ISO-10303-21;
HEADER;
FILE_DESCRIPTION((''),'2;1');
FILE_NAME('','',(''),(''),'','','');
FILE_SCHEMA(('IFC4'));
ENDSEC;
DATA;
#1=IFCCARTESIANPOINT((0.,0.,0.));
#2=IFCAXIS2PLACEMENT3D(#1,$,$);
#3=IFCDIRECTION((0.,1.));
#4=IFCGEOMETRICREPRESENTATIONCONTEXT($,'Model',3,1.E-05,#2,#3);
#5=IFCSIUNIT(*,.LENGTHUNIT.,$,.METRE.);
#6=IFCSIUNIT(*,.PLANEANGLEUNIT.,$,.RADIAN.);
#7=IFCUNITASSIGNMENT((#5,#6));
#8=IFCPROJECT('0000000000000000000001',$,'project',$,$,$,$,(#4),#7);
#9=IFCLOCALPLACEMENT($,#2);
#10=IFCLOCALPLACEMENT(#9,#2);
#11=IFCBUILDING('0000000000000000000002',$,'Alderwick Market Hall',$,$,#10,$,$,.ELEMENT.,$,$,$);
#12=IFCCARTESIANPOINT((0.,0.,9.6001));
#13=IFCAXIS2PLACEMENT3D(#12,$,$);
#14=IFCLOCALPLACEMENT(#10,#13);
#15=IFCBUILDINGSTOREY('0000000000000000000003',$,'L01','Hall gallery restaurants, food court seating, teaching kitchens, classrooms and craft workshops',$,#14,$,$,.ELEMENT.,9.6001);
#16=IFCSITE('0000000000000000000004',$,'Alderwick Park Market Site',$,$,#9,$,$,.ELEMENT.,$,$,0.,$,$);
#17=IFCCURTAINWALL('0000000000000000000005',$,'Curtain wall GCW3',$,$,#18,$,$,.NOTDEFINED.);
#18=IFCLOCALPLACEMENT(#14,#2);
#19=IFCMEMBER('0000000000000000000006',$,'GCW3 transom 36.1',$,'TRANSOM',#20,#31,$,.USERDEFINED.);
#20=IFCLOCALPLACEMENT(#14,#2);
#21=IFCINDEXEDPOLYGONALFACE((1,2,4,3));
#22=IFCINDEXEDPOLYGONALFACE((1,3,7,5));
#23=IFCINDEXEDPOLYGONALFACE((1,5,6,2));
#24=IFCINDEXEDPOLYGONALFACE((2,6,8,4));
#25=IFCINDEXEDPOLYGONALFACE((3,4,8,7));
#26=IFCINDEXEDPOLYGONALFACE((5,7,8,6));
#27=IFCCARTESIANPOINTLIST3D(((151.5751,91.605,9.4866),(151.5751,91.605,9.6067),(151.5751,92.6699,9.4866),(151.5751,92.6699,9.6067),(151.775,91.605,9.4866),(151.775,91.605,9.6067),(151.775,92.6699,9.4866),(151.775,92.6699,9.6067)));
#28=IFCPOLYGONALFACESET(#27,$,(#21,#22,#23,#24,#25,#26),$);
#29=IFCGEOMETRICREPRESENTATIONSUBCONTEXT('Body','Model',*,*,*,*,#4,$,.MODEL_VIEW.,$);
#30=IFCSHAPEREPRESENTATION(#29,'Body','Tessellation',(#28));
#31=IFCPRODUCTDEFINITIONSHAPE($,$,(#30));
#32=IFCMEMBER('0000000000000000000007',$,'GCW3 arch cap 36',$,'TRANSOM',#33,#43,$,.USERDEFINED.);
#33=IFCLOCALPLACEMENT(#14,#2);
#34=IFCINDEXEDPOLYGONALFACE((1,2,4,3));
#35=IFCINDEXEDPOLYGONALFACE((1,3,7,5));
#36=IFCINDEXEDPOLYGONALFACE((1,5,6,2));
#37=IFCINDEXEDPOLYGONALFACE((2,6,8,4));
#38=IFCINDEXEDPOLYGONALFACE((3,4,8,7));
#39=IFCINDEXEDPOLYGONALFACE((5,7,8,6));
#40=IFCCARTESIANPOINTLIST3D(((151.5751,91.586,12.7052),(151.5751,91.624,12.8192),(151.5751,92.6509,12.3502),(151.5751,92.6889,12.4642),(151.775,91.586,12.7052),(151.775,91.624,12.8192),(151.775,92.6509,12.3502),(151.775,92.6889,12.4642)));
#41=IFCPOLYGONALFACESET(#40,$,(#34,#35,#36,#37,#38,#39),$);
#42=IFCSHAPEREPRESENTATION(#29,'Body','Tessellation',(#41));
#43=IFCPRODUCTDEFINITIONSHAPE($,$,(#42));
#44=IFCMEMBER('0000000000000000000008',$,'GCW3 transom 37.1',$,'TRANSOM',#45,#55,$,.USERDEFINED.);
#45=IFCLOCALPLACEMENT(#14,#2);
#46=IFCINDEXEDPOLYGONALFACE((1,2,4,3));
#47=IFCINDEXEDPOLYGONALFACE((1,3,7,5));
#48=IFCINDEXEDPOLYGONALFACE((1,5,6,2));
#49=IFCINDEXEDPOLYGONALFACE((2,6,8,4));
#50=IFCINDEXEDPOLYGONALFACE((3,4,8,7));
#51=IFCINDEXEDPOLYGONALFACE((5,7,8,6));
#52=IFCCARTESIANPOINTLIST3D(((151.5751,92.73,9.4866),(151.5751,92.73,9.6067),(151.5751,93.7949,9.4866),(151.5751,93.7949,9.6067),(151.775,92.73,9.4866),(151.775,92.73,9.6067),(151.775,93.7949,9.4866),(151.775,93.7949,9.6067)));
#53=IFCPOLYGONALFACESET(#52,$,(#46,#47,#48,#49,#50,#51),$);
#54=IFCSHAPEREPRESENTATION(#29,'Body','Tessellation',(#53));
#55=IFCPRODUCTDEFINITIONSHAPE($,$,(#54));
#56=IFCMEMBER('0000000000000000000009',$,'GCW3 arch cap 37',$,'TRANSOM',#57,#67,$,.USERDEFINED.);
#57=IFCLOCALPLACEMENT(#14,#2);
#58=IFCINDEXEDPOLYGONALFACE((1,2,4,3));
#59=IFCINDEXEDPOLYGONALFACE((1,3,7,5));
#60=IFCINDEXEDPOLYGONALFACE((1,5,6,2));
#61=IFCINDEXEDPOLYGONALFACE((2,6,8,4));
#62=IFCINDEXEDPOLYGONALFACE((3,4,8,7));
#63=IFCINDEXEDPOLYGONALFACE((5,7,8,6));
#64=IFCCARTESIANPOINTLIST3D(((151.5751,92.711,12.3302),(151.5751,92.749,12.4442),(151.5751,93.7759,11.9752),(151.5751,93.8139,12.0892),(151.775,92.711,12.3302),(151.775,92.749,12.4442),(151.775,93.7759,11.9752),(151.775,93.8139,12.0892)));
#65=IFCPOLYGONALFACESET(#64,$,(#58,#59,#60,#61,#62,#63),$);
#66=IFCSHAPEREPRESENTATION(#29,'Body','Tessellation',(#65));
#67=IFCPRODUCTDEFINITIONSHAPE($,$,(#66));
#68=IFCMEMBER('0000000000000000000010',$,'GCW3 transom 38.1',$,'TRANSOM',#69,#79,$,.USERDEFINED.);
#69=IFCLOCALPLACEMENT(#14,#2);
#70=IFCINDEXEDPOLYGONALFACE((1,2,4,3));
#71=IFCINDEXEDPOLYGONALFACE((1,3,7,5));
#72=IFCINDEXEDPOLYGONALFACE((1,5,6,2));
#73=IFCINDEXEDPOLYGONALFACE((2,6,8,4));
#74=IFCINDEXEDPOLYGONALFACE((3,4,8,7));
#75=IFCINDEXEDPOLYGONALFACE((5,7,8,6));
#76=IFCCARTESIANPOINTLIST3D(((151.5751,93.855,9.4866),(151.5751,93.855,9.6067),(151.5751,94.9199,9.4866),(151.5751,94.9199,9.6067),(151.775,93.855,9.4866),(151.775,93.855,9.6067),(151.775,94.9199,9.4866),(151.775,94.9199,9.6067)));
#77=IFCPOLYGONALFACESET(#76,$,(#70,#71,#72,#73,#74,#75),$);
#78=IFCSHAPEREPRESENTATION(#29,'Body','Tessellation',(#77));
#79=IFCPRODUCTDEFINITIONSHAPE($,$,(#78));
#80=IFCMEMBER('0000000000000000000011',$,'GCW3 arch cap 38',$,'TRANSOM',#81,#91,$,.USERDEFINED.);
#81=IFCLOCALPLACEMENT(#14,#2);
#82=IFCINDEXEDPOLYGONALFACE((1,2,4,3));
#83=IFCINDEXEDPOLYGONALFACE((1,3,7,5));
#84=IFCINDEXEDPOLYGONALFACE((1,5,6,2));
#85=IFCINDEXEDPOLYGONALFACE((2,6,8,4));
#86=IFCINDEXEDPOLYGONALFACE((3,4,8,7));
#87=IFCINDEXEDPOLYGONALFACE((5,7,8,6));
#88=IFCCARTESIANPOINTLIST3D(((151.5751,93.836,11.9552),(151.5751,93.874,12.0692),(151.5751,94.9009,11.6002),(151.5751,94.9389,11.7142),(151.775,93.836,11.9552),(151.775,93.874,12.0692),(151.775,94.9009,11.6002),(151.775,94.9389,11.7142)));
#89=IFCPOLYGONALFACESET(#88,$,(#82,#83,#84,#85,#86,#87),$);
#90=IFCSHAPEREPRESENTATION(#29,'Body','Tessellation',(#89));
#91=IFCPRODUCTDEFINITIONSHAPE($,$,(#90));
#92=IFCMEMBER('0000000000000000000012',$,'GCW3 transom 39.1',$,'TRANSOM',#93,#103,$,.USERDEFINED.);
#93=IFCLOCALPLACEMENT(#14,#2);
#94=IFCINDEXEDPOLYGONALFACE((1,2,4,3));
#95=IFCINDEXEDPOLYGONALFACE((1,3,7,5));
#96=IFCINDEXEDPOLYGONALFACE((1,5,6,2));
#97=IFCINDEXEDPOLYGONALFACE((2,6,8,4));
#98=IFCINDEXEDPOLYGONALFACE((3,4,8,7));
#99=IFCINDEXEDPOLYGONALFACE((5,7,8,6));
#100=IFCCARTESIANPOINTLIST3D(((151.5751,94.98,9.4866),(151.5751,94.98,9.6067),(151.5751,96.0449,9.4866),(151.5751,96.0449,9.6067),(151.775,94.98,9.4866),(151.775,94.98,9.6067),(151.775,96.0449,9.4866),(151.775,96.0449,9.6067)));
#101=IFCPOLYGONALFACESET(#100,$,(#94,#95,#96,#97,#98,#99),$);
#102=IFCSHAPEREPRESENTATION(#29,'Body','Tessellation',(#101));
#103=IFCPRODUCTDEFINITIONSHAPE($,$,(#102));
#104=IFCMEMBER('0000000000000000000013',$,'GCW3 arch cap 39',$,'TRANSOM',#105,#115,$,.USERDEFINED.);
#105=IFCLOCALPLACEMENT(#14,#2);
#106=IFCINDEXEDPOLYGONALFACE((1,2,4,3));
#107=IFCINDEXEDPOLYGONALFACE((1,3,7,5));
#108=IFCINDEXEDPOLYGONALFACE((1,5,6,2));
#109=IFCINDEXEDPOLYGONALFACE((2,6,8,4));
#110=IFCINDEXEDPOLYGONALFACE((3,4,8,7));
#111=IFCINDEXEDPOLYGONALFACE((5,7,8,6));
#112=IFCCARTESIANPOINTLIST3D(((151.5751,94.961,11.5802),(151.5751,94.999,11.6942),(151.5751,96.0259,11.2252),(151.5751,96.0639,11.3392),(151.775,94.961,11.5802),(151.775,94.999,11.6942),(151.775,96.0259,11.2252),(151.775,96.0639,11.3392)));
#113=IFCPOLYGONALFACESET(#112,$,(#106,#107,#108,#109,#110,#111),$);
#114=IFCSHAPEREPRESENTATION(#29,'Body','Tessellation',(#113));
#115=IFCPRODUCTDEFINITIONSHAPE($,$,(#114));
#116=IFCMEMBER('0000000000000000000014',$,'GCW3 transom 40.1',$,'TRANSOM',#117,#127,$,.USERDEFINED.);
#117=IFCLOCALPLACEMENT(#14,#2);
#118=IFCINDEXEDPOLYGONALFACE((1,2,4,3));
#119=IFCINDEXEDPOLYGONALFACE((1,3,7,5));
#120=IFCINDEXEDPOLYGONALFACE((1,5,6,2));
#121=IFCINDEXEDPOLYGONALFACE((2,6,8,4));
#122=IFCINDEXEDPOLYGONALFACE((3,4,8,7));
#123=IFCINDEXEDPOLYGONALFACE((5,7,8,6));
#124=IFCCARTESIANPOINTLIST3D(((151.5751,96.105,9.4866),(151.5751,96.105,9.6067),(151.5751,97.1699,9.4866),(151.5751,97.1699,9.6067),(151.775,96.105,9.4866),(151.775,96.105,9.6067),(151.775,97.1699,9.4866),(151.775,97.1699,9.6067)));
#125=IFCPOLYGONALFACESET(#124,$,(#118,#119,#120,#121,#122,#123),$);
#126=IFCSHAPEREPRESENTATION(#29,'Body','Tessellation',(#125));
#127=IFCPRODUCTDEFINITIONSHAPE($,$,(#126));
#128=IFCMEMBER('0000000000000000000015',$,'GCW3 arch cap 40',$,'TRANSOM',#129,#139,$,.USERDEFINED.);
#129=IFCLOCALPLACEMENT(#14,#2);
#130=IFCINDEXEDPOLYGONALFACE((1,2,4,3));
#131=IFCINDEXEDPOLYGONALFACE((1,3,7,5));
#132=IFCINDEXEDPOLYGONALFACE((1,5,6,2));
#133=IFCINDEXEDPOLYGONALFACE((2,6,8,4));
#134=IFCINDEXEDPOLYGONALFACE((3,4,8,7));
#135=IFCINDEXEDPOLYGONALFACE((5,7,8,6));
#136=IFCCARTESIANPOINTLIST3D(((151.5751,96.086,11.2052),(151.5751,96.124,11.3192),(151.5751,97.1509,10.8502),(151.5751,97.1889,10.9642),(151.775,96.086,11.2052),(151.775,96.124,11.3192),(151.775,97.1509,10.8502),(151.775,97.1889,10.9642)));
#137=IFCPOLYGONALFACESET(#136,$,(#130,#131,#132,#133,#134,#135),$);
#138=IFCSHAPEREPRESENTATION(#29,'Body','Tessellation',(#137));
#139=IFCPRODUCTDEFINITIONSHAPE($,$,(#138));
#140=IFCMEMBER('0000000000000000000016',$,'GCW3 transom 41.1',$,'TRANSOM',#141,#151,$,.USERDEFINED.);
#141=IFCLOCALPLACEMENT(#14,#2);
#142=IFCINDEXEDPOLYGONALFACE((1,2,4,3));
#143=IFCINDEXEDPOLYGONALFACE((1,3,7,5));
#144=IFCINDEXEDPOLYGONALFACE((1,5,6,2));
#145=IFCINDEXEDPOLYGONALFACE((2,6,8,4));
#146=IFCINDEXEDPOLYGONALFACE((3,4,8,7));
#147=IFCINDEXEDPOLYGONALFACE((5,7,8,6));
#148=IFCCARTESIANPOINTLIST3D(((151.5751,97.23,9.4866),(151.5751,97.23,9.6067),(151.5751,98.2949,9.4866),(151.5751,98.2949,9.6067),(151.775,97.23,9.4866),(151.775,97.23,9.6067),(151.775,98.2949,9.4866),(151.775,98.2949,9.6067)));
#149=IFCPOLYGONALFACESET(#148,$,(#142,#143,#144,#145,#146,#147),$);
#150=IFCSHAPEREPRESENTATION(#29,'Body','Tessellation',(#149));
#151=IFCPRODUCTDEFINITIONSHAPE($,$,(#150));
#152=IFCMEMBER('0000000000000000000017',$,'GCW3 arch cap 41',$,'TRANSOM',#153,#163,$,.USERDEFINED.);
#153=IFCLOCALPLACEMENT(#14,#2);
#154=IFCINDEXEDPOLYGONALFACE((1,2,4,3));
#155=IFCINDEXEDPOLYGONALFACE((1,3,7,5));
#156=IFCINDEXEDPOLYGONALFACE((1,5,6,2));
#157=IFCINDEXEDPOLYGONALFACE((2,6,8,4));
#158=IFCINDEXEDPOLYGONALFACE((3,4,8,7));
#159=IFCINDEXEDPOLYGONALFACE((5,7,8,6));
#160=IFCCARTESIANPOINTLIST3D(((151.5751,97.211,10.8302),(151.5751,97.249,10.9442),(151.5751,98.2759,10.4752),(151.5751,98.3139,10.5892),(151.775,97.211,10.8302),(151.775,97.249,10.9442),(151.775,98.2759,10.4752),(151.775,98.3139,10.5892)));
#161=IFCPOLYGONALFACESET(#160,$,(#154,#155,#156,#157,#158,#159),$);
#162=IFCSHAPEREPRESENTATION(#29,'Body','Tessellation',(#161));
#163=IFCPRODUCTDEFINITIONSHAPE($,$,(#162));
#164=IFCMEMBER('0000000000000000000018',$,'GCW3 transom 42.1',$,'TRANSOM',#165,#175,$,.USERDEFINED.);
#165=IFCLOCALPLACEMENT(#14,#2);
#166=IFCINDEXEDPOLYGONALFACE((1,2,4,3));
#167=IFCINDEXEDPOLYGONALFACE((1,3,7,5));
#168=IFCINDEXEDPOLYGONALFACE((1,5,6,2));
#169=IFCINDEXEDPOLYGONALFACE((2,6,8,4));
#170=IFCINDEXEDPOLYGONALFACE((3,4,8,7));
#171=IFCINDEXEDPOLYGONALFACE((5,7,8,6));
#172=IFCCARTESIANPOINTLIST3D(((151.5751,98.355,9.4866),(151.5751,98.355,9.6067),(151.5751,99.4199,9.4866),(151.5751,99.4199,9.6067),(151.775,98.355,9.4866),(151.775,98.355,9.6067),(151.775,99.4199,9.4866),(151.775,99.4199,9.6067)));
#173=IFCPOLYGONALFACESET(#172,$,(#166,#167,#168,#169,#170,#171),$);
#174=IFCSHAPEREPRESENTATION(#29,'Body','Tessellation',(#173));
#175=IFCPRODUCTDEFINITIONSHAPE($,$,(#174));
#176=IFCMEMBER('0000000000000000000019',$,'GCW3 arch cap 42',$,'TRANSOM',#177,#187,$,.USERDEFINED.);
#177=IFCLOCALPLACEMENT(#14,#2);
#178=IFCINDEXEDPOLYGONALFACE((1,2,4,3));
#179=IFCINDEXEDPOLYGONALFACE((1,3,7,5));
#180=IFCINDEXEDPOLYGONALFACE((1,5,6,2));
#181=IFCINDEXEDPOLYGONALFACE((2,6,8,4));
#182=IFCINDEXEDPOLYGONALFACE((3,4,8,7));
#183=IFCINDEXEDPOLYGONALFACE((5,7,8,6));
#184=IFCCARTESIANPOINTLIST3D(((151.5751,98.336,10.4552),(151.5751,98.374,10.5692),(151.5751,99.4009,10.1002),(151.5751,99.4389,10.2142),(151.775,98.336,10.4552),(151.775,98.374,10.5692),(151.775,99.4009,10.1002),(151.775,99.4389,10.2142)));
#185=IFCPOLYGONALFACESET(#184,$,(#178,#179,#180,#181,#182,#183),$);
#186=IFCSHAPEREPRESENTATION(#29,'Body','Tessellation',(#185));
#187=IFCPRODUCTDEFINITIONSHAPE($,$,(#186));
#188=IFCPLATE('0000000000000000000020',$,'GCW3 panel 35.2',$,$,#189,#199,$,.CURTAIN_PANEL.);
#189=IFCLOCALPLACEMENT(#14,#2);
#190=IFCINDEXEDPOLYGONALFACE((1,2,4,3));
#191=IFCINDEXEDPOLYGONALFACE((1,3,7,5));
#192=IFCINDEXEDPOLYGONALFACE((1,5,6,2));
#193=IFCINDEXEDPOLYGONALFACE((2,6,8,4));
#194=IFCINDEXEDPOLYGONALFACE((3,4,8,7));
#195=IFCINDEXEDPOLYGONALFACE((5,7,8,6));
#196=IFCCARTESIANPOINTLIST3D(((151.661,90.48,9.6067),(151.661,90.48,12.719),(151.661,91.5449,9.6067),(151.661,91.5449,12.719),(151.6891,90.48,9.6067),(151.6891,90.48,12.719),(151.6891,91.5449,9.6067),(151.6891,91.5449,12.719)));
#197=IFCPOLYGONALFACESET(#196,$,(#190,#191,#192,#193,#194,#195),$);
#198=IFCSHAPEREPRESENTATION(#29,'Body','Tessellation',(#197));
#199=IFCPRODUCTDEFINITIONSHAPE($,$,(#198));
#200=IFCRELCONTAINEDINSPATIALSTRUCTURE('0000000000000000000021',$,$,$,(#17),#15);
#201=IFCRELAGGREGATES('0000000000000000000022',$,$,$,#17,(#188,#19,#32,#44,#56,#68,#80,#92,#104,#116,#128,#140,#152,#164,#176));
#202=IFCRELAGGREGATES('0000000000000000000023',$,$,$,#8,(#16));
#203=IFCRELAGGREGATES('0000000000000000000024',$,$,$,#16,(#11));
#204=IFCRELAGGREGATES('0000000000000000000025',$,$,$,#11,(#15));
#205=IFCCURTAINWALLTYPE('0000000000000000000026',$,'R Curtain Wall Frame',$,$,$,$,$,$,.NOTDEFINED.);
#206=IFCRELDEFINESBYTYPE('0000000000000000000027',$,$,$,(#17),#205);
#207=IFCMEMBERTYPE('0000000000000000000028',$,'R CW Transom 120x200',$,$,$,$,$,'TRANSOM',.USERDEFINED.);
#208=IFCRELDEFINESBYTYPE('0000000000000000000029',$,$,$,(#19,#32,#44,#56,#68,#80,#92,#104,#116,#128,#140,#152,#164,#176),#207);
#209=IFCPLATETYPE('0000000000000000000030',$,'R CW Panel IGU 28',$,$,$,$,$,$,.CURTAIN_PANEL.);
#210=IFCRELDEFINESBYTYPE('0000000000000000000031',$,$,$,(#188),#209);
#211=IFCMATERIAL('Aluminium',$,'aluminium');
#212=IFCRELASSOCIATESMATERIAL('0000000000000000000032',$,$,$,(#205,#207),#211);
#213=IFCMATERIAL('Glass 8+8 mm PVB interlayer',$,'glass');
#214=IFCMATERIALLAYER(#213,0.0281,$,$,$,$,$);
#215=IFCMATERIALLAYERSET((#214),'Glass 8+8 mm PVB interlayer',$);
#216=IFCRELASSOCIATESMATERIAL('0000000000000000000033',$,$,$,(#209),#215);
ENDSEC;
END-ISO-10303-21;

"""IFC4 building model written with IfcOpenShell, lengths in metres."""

from ifc_helpers import new_model, si_unit, direction, frame, origin, origin_2d, place, context, subcontext, project, spatial, rectangle, extrude, material, layer, layer_set, material_profile, profile_set, type_object, element, aggregate, save


model = new_model("IFC4")

# Units and contexts
model_context = context("Model", 3, precision=1e-05, world=origin(), true_north=direction((0.0, 1.0)))
body_context = subcontext(model_context, "Body", "Model", "MODEL_VIEW")
ifc_project = project(units=[si_unit("LENGTHUNIT", "METRE"), si_unit("PLANEANGLEUNIT", "RADIAN")], contexts=[model_context])

# Site, building, storey
site_placement = place(None, origin())
site = spatial("IfcSite", under=ifc_project, at=site_placement, Name="Alderwick Park Market Site", CompositionType="ELEMENT", RefElevation=0.0)
building_placement = place(site_placement, origin())
building = spatial("IfcBuilding", under=site, at=building_placement, Name="Alderwick Market Hall", CompositionType="ELEMENT")
storey_placement = place(building_placement, frame((0.0, 0.0, 9.6001)))
storey = spatial("IfcBuildingStorey", under=building, at=storey_placement, Name="L01", Description="Hall gallery restaurants, food court seating, teaching kitchens, classrooms and craft workshops", CompositionType="ELEMENT", Elevation=9.6001)

# Curtain wall, members, plate
ifc_material_1 = material(Name="Aluminium", Category="aluminium")
curtain_wall_type = type_object("IfcCurtainWallType", Name="R Curtain Wall Frame", PredefinedType="NOTDEFINED", material=ifc_material_1)
curtain_wall_placement = place(storey_placement, origin())
curtain_wall = element("IfcCurtainWall", 1, at=curtain_wall_placement, inside=storey, type_object=curtain_wall_type, Name="Curtain wall GCW3", PredefinedType="NOTDEFINED")
ifc_material_profile = material_profile(ifc_material_1, rectangle(XDim=0.2, YDim=0.1201, at=origin_2d()), Name="AL 120x200")
ifc_profile_set = profile_set([ifc_material_profile], Name="Aluminium")
member_type = type_object("IfcMemberType", Name="R CW Transom 120x200", ElementType="TRANSOM", PredefinedType="USERDEFINED", material=ifc_profile_set)
member_1_placement = place(storey_placement, frame((151.675, 91.605, 9.5466), z_axis=(0.0, 1.0, 0.0), x_axis=(-1.0, 0.0, 0.0)))
member_1 = element("IfcMember", 2, at=member_1_placement, type_object=member_type, Name="GCW3 transom 36.1", ObjectType="TRANSOM", PredefinedType="USERDEFINED", context=body_context, shape_type="SweptSolid", body=[
    extrude(rectangle(XDim=0.2, YDim=0.1201, at=origin_2d()), origin(), (0.0, 0.0, 1.0), 1.0649),
])
member_2_placement = place(storey_placement, frame((151.675, 91.605, 12.7622), z_axis=(0.0, 0.948683, -0.316228), x_axis=(-1.0, 0.0, 0.0)))
member_2 = element("IfcMember", 3, at=member_2_placement, type_object=member_type, Name="GCW3 arch cap 36", ObjectType="TRANSOM", PredefinedType="USERDEFINED", context=body_context, shape_type="SweptSolid", body=[
    extrude(rectangle(XDim=0.2, YDim=0.1201, at=origin_2d()), origin(), (0.0, 0.0, 1.0), 1.1226),
])
member_3_placement = place(storey_placement, frame((151.675, 92.73, 9.5466), z_axis=(0.0, 1.0, 0.0), x_axis=(-1.0, 0.0, 0.0)))
member_3 = element("IfcMember", 4, at=member_3_placement, type_object=member_type, Name="GCW3 transom 37.1", ObjectType="TRANSOM", PredefinedType="USERDEFINED", context=body_context, shape_type="SweptSolid", body=[
    extrude(rectangle(XDim=0.2, YDim=0.1201, at=origin_2d()), origin(), (0.0, 0.0, 1.0), 1.0649),
])
member_4_placement = place(storey_placement, frame((151.675, 92.73, 12.3872), z_axis=(0.0, 0.948683, -0.316228), x_axis=(-1.0, 0.0, 0.0)))
member_4 = element("IfcMember", 5, at=member_4_placement, type_object=member_type, Name="GCW3 arch cap 37", ObjectType="TRANSOM", PredefinedType="USERDEFINED", context=body_context, shape_type="SweptSolid", body=[
    extrude(rectangle(XDim=0.2, YDim=0.1201, at=origin_2d()), origin(), (0.0, 0.0, 1.0), 1.1226),
])
member_5_placement = place(storey_placement, frame((151.675, 93.855, 9.5466), z_axis=(0.0, 1.0, 0.0), x_axis=(-1.0, 0.0, 0.0)))
member_5 = element("IfcMember", 6, at=member_5_placement, type_object=member_type, Name="GCW3 transom 38.1", ObjectType="TRANSOM", PredefinedType="USERDEFINED", context=body_context, shape_type="SweptSolid", body=[
    extrude(rectangle(XDim=0.2, YDim=0.1201, at=origin_2d()), origin(), (0.0, 0.0, 1.0), 1.0649),
])
member_6_placement = place(storey_placement, frame((151.675, 93.855, 12.0122), z_axis=(0.0, 0.948683, -0.316228), x_axis=(-1.0, 0.0, 0.0)))
member_6 = element("IfcMember", 7, at=member_6_placement, type_object=member_type, Name="GCW3 arch cap 38", ObjectType="TRANSOM", PredefinedType="USERDEFINED", context=body_context, shape_type="SweptSolid", body=[
    extrude(rectangle(XDim=0.2, YDim=0.1201, at=origin_2d()), origin(), (0.0, 0.0, 1.0), 1.1226),
])
member_7_placement = place(storey_placement, frame((151.675, 94.98, 9.5466), z_axis=(0.0, 1.0, 0.0), x_axis=(-1.0, 0.0, 0.0)))
member_7 = element("IfcMember", 8, at=member_7_placement, type_object=member_type, Name="GCW3 transom 39.1", ObjectType="TRANSOM", PredefinedType="USERDEFINED", context=body_context, shape_type="SweptSolid", body=[
    extrude(rectangle(XDim=0.2, YDim=0.1201, at=origin_2d()), origin(), (0.0, 0.0, 1.0), 1.0649),
])
member_8_placement = place(storey_placement, frame((151.675, 94.98, 11.6372), z_axis=(0.0, 0.948683, -0.316228), x_axis=(-1.0, 0.0, 0.0)))
member_8 = element("IfcMember", 9, at=member_8_placement, type_object=member_type, Name="GCW3 arch cap 39", ObjectType="TRANSOM", PredefinedType="USERDEFINED", context=body_context, shape_type="SweptSolid", body=[
    extrude(rectangle(XDim=0.2, YDim=0.1201, at=origin_2d()), origin(), (0.0, 0.0, 1.0), 1.1226),
])
member_9_placement = place(storey_placement, frame((151.675, 96.105, 9.5466), z_axis=(0.0, 1.0, 0.0), x_axis=(-1.0, 0.0, 0.0)))
member_9 = element("IfcMember", 10, at=member_9_placement, type_object=member_type, Name="GCW3 transom 40.1", ObjectType="TRANSOM", PredefinedType="USERDEFINED", context=body_context, shape_type="SweptSolid", body=[
    extrude(rectangle(XDim=0.2, YDim=0.1201, at=origin_2d()), origin(), (0.0, 0.0, 1.0), 1.0649),
])
member_10_placement = place(storey_placement, frame((151.675, 96.105, 11.2622), z_axis=(0.0, 0.948683, -0.316228), x_axis=(-1.0, 0.0, 0.0)))
member_10 = element("IfcMember", 11, at=member_10_placement, type_object=member_type, Name="GCW3 arch cap 40", ObjectType="TRANSOM", PredefinedType="USERDEFINED", context=body_context, shape_type="SweptSolid", body=[
    extrude(rectangle(XDim=0.2, YDim=0.1201, at=origin_2d()), origin(), (0.0, 0.0, 1.0), 1.1226),
])
member_11_placement = place(storey_placement, frame((151.675, 97.23, 9.5466), z_axis=(0.0, 1.0, 0.0), x_axis=(-1.0, 0.0, 0.0)))
member_11 = element("IfcMember", 12, at=member_11_placement, type_object=member_type, Name="GCW3 transom 41.1", ObjectType="TRANSOM", PredefinedType="USERDEFINED", context=body_context, shape_type="SweptSolid", body=[
    extrude(rectangle(XDim=0.2, YDim=0.1201, at=origin_2d()), origin(), (0.0, 0.0, 1.0), 1.0649),
])
member_12_placement = place(storey_placement, frame((151.675, 97.23, 10.8872), z_axis=(0.0, 0.948683, -0.316228), x_axis=(-1.0, 0.0, 0.0)))
member_12 = element("IfcMember", 13, at=member_12_placement, type_object=member_type, Name="GCW3 arch cap 41", ObjectType="TRANSOM", PredefinedType="USERDEFINED", context=body_context, shape_type="SweptSolid", body=[
    extrude(rectangle(XDim=0.2, YDim=0.1201, at=origin_2d()), origin(), (0.0, 0.0, 1.0), 1.1226),
])
member_13_placement = place(storey_placement, frame((151.675, 98.355, 9.5466), z_axis=(0.0, 1.0, 0.0), x_axis=(-1.0, 0.0, 0.0)))
member_13 = element("IfcMember", 14, at=member_13_placement, type_object=member_type, Name="GCW3 transom 42.1", ObjectType="TRANSOM", PredefinedType="USERDEFINED", context=body_context, shape_type="SweptSolid", body=[
    extrude(rectangle(XDim=0.2, YDim=0.1201, at=origin_2d()), origin(), (0.0, 0.0, 1.0), 1.0649),
])
member_14_placement = place(storey_placement, frame((151.675, 98.355, 10.5122), z_axis=(0.0, 0.948683, -0.316228), x_axis=(-1.0, 0.0, 0.0)))
member_14 = element("IfcMember", 15, at=member_14_placement, type_object=member_type, Name="GCW3 arch cap 42", ObjectType="TRANSOM", PredefinedType="USERDEFINED", context=body_context, shape_type="SweptSolid", body=[
    extrude(rectangle(XDim=0.2, YDim=0.1201, at=origin_2d()), origin(), (0.0, 0.0, 1.0), 1.1226),
])
ifc_material_2 = material(Name="Glass 8+8 mm PVB interlayer", Category="glass")
ifc_layer = layer(ifc_material_2, 0.0281)
ifc_layer_set = layer_set([ifc_layer], Name="Glass 8+8 mm PVB interlayer")
plate_type = type_object("IfcPlateType", Name="R CW Panel IGU 28", PredefinedType="CURTAIN_PANEL", material=ifc_layer_set)
plate_1_placement = place(storey_placement, frame((151.675, 91.0125, 9.6067), z_axis=(0.0, 0.0, 1.0), x_axis=(1.0, 0.0, 0.0)))
plate_1 = element("IfcPlate", 16, at=plate_1_placement, type_object=plate_type, Name="GCW3 panel 35.2", PredefinedType="CURTAIN_PANEL", context=body_context, shape_type="SweptSolid", body=[
    extrude(rectangle(XDim=0.0281, YDim=1.0649, at=origin_2d()), origin(), (0.0, 0.0, 1.0), 3.1123),
])
aggregate(curtain_wall, [plate_1, member_1, member_2, member_3, member_4, member_5, member_6, member_7, member_8, member_9, member_10, member_11, member_12, member_13, member_14])

save(model, "model.ifc")
